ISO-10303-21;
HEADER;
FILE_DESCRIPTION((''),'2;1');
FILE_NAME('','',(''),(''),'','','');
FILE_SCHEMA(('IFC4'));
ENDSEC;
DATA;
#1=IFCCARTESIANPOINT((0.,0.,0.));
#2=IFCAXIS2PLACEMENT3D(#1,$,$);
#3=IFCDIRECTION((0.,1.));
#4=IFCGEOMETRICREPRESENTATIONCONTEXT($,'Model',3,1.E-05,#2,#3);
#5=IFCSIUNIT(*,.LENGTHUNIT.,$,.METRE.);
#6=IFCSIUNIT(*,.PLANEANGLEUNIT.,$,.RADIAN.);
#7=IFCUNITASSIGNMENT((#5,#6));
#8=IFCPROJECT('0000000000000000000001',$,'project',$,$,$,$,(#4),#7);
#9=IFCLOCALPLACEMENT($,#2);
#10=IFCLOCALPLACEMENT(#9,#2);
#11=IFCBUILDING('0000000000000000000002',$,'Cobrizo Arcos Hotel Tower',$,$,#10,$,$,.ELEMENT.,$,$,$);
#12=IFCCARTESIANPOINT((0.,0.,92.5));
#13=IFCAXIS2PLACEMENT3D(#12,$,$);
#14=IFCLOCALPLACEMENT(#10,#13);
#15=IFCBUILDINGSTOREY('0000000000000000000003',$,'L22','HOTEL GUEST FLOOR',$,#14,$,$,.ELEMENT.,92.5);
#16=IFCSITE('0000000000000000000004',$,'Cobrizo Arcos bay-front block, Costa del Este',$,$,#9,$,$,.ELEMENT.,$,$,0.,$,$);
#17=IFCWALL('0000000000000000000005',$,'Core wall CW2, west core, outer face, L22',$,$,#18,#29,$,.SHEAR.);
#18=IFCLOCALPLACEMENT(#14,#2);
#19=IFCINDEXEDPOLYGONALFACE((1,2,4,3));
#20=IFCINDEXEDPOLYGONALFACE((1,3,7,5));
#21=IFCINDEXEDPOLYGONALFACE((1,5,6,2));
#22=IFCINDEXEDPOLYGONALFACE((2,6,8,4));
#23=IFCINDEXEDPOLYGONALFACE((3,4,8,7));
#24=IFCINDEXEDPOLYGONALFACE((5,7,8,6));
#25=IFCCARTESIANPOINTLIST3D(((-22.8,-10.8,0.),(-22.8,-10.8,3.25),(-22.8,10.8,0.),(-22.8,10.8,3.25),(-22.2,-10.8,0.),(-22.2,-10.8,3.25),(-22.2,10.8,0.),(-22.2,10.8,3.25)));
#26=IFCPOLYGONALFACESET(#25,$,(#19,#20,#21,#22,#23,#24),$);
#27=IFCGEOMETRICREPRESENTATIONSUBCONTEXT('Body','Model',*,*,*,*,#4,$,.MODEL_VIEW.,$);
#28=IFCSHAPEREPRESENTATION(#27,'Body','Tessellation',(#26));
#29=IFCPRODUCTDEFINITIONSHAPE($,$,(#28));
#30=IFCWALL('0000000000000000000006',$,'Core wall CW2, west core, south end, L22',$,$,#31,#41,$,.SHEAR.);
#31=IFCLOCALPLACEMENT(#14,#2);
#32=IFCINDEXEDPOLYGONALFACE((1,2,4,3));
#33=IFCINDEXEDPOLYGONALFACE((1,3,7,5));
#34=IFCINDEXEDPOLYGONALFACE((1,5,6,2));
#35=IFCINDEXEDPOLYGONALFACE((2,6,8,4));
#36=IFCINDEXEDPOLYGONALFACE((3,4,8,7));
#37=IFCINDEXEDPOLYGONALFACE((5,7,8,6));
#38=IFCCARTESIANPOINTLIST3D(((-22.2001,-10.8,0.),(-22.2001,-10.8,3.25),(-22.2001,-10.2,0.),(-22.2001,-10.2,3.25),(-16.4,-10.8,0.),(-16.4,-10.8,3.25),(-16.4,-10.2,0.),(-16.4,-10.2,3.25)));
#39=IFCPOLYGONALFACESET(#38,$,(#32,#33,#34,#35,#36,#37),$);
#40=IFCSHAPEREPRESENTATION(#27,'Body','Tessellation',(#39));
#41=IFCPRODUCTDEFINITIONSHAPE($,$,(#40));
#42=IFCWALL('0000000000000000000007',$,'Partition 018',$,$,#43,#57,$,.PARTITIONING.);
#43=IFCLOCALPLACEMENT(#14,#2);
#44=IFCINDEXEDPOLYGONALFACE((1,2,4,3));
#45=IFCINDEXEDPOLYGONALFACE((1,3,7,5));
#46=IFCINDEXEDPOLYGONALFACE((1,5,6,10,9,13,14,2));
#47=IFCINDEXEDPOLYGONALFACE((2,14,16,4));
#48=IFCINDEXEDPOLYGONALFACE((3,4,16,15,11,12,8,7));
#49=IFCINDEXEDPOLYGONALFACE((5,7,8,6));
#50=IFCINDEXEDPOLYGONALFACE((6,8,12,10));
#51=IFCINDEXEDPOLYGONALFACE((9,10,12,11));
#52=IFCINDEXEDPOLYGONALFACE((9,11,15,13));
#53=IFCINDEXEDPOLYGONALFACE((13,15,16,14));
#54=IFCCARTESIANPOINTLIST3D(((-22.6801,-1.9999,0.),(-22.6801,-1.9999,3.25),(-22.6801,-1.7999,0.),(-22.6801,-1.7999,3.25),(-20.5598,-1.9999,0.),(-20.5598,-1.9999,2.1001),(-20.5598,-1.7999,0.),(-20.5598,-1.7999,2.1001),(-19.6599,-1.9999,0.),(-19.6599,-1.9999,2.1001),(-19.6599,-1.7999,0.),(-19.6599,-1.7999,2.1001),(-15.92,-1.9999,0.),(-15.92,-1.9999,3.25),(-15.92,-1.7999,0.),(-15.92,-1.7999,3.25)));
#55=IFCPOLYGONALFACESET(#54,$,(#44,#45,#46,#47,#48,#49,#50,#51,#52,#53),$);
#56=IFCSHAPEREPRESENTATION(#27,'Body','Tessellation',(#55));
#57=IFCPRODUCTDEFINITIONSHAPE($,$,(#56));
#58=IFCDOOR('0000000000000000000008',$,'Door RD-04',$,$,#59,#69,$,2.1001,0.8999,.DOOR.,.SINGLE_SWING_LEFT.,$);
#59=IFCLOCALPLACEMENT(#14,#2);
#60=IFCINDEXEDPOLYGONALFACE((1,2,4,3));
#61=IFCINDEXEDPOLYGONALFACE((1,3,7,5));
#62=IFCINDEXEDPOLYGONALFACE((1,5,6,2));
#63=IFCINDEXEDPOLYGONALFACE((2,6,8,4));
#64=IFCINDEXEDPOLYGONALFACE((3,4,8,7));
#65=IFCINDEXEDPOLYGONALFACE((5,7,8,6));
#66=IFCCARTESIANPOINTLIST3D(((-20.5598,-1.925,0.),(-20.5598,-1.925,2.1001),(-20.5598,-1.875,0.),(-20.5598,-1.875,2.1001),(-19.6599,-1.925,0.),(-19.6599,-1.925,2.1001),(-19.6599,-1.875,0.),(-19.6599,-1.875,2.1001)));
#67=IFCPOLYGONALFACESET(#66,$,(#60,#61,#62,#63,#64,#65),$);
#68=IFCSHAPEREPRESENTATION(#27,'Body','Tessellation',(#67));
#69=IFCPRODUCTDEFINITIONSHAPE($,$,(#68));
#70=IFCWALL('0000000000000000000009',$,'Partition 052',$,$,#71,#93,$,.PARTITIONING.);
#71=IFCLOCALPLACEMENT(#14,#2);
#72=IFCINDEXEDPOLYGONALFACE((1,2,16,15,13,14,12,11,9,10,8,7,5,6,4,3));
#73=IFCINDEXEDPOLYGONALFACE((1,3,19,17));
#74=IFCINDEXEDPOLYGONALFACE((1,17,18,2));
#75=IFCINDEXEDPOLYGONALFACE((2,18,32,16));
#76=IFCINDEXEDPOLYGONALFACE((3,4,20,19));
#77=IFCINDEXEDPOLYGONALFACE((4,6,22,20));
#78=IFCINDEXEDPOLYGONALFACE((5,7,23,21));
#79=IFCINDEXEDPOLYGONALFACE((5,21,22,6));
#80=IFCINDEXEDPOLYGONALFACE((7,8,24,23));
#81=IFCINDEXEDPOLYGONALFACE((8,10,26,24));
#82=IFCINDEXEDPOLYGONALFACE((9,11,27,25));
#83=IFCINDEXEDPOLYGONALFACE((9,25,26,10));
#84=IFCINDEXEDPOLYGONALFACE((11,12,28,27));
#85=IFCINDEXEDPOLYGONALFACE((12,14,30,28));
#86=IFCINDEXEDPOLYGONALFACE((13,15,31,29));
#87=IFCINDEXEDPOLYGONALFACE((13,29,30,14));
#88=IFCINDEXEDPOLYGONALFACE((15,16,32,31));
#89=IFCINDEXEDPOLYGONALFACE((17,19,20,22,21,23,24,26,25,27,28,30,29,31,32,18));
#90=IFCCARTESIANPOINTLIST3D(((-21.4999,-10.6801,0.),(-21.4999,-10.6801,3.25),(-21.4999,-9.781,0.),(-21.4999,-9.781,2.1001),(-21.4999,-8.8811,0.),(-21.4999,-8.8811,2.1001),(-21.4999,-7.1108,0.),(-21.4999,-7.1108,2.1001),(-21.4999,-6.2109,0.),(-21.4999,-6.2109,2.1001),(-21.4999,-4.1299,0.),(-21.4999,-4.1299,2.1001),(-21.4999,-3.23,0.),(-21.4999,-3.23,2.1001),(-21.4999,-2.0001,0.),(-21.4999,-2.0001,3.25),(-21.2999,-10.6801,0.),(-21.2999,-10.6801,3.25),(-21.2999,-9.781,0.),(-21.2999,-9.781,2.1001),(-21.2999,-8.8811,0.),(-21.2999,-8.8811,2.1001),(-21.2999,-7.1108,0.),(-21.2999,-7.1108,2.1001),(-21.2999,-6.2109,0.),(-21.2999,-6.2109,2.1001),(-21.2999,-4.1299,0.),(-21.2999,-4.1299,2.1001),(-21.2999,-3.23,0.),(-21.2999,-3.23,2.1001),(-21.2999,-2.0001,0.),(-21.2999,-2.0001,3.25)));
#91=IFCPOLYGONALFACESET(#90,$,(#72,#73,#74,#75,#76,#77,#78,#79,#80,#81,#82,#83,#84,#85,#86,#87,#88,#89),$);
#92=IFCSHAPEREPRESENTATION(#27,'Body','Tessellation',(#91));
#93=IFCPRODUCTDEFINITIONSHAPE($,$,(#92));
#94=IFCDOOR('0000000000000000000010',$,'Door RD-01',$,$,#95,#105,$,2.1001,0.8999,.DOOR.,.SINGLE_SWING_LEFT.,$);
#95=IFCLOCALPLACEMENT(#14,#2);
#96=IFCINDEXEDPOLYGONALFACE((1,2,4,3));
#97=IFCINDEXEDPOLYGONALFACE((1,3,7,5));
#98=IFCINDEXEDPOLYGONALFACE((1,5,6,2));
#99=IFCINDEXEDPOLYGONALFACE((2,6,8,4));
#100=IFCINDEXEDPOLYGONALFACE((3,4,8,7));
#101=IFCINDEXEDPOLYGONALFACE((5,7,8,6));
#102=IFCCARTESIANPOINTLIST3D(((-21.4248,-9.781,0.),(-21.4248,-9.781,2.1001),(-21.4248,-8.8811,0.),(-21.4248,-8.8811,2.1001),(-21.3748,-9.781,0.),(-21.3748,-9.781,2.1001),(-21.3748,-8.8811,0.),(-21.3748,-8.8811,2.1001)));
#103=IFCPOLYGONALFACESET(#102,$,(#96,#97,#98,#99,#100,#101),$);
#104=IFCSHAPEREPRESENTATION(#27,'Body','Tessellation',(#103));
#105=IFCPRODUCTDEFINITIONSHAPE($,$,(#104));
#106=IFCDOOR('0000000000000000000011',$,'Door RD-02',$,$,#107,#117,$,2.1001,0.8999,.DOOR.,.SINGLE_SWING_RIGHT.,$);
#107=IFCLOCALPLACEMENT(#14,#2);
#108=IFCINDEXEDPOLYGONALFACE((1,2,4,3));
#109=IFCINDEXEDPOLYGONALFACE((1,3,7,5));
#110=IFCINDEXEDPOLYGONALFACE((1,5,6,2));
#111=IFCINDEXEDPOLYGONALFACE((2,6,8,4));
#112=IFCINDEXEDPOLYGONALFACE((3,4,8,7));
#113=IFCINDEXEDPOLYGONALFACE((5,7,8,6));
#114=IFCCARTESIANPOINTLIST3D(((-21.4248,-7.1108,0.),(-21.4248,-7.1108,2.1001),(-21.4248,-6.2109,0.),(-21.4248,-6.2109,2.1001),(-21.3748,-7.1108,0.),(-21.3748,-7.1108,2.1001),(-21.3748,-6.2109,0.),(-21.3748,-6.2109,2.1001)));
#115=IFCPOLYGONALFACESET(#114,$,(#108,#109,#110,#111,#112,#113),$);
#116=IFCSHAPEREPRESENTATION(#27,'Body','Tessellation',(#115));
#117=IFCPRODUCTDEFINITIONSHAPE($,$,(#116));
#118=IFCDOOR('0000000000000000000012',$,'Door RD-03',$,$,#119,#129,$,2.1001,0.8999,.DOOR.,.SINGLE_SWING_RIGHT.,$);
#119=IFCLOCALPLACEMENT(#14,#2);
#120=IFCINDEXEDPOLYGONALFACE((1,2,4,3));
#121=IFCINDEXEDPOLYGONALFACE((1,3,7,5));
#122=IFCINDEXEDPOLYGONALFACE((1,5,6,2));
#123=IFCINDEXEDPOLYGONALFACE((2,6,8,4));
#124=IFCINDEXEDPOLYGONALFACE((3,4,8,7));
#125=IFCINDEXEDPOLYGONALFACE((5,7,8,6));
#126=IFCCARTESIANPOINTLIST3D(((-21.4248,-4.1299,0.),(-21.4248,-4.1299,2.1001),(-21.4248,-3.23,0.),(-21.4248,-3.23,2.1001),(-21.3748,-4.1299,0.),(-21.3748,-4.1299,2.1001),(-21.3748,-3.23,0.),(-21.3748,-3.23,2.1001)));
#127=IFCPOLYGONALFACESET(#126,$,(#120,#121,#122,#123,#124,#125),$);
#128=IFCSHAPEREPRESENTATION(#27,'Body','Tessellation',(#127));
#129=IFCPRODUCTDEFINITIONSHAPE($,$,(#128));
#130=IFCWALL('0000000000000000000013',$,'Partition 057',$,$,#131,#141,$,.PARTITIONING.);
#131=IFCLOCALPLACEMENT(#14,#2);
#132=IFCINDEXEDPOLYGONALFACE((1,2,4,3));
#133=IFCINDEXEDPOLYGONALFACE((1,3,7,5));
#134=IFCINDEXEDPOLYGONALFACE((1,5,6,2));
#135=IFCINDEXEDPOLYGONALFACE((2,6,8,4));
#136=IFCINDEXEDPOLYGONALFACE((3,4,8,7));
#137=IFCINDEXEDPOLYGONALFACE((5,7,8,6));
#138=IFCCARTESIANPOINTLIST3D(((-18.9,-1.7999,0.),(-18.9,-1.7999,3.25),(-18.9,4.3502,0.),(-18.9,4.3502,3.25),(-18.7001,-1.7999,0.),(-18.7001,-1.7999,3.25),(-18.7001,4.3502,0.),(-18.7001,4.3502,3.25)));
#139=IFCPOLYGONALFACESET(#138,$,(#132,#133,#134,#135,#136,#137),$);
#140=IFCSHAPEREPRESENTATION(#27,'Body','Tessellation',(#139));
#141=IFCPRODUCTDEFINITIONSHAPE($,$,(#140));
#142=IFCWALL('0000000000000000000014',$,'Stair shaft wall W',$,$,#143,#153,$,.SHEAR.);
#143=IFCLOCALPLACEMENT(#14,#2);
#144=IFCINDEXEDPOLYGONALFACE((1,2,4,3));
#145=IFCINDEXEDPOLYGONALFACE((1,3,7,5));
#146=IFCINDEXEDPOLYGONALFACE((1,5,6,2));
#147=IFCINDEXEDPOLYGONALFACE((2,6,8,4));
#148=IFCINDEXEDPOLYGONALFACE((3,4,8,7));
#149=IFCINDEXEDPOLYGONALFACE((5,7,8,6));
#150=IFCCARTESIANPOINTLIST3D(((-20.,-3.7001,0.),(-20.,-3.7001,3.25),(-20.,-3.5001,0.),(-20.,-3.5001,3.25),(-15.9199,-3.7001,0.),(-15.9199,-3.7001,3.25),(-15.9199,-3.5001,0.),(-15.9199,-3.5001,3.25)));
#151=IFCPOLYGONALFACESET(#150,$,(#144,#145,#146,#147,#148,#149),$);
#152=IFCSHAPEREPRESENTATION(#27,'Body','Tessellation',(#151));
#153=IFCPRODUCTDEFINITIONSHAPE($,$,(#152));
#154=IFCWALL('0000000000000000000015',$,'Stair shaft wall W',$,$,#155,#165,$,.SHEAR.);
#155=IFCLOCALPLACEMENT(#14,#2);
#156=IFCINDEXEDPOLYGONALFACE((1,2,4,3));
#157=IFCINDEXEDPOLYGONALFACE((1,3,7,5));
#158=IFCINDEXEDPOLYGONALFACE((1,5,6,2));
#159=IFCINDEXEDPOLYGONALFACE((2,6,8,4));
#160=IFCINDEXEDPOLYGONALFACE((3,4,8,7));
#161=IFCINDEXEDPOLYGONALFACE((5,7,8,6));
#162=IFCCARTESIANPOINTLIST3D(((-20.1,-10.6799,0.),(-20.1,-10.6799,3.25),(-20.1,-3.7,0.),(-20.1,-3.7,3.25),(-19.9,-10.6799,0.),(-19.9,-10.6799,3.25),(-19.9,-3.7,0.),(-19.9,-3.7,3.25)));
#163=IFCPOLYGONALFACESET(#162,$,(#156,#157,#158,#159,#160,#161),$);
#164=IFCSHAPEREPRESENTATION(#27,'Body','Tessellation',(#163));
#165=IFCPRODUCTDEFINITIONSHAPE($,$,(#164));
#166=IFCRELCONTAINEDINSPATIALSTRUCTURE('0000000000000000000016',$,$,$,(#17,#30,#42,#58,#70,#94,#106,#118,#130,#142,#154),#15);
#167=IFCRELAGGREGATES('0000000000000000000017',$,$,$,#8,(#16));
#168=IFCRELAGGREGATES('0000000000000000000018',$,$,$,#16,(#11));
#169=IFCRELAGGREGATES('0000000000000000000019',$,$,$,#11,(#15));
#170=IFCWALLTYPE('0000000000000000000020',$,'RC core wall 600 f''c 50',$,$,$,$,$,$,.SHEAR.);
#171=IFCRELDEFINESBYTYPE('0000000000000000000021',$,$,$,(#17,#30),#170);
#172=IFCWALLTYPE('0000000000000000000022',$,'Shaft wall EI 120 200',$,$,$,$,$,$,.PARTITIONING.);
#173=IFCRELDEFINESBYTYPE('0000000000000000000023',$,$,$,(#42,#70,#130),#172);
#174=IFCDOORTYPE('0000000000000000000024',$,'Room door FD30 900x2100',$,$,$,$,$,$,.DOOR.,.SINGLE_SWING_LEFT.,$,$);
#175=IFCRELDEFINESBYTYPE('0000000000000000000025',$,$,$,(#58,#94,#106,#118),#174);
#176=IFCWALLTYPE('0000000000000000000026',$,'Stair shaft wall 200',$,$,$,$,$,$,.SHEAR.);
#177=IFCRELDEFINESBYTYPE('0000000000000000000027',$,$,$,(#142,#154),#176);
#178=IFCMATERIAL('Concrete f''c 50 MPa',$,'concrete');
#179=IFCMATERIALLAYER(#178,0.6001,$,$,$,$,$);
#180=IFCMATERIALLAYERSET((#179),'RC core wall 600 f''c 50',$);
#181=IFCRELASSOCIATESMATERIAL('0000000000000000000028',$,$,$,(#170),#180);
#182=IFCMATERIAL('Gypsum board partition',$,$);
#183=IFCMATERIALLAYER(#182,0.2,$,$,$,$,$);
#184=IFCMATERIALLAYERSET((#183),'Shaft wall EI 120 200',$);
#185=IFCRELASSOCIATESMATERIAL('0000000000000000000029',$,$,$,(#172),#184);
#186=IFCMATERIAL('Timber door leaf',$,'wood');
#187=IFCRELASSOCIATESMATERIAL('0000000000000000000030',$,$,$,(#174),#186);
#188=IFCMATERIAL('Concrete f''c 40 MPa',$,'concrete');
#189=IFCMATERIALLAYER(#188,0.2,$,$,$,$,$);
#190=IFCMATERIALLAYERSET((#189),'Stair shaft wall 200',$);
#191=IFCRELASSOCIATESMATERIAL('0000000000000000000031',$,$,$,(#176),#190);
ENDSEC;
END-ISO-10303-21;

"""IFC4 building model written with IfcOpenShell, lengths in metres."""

from ifc_helpers import new_model, si_unit, direction, frame, frame_2d, origin, place, context, subcontext, project, spatial, rectangle, extrude, material, layer, layer_set, type_object, element, fill, save


model = new_model("IFC4")

# Units and contexts
model_context = context("Model", 3, precision=1e-05, world=origin(), true_north=direction((0.0, 1.0)))
body_context = subcontext(model_context, "Body", "Model", "MODEL_VIEW")
ifc_project = project(units=[si_unit("LENGTHUNIT", "METRE"), si_unit("PLANEANGLEUNIT", "RADIAN")], contexts=[model_context])

# Site, building, storey
site_placement = place(None, origin())
site = spatial("IfcSite", under=ifc_project, at=site_placement, Name="Cobrizo Arcos bay-front block, Costa del Este", CompositionType="ELEMENT", RefElevation=0.0)
building_placement = place(site_placement, origin())
building = spatial("IfcBuilding", under=site, at=building_placement, Name="Cobrizo Arcos Hotel Tower", CompositionType="ELEMENT")
storey_placement = place(building_placement, frame((0.0, 0.0, 92.5)))
storey = spatial("IfcBuildingStorey", under=building, at=storey_placement, Name="L22", Description="HOTEL GUEST FLOOR", CompositionType="ELEMENT", Elevation=92.5)

# Walls
ifc_material_1 = material(Name="Gypsum board partition")
ifc_material_2 = material(Name="Concrete f'c 50 MPa", Category="concrete")
ifc_layer_1 = layer(ifc_material_2, 0.6001)
ifc_layer_set_1 = layer_set([ifc_layer_1], Name="RC core wall 600 f'c 50")
wall_type_1 = type_object("IfcWallType", Name="RC core wall 600 f'c 50", PredefinedType="SHEAR", material=ifc_layer_set_1)
wall_1_placement = place(storey_placement, frame((-22.5, -10.8, 0.0), z_axis=(0.0, 0.0, 1.0), x_axis=(0.0, 1.0, 0.0)))
element("IfcWall", 1, at=wall_1_placement, inside=storey, type_object=wall_type_1, Name="Core wall CW2, west core, outer face, L22", PredefinedType="SHEAR", context=body_context, shape_type="SweptSolid", body=[
    extrude(rectangle(XDim=21.6001, YDim=0.6001, at=frame_2d((10.8, 0.0))), origin(), (0.0, 0.0, 1.0), 3.25),
])
wall_2_placement = place(storey_placement, frame((-22.2, -10.5, 0.0), z_axis=(0.0, 0.0, 1.0), x_axis=(1.0, 0.0, 0.0)))
element("IfcWall", 2, at=wall_2_placement, inside=storey, type_object=wall_type_1, Name="Core wall CW2, west core, south end, L22", PredefinedType="SHEAR", context=body_context, shape_type="SweptSolid", body=[
    extrude(rectangle(XDim=5.8, YDim=0.6001, at=frame_2d((2.8999, 0.0))), origin(), (0.0, 0.0, 1.0), 3.25),
])

# Wall, opening, door
ifc_layer_2 = layer(ifc_material_1, 0.2)
ifc_layer_set_2 = layer_set([ifc_layer_2], Name="Shaft wall EI 120 200")
wall_type_2 = type_object("IfcWallType", Name="Shaft wall EI 120 200", PredefinedType="PARTITIONING", material=ifc_layer_set_2)
wall_3_placement = place(storey_placement, frame((-22.6799, -1.8999, 0.0), z_axis=(0.0, 0.0, 1.0), x_axis=(1.0, 0.0, 0.0)))
wall_3 = element("IfcWall", 3, at=wall_3_placement, inside=storey, type_object=wall_type_2, Name="Partition 018", PredefinedType="PARTITIONING", context=body_context, shape_type="SweptSolid", body=[
    extrude(rectangle(XDim=6.76, YDim=0.2, at=frame_2d((3.3799, 0.0))), origin(), (0.0, 0.0, 1.0), 3.25),
])
opening_1_placement = place(wall_3_placement, frame((2.1201, 0.0, 0.0)))
opening_1 = element("IfcOpeningElement", 4, at=opening_1_placement, cuts=wall_3, PredefinedType="OPENING", context=body_context, shape_type="SweptSolid", body=[
    extrude(rectangle(XDim=0.8999, YDim=2.1001, at=frame_2d((0.45, 1.05))), frame((0.0, 0.1121, 0.0), z_axis=(0.0, -1.0, 0.0), x_axis=(1.0, 0.0, 0.0)), (0.0, 0.0, 1.0), 0.2239),
])
ifc_material_3 = material(Name="Timber door leaf", Category="wood")
door_type = type_object("IfcDoorType", Name="Room door FD30 900x2100", OperationType="SINGLE_SWING_LEFT", PredefinedType="DOOR", material=ifc_material_3)
door_1_placement = place(opening_1_placement, origin())
door_1 = element("IfcDoor", 5, at=door_1_placement, inside=storey, type_object=door_type, Name="Door RD-04", OperationType="SINGLE_SWING_LEFT", OverallHeight=2.1001, OverallWidth=0.8999, PredefinedType="DOOR", context=body_context, shape_type="SweptSolid", body=[
    extrude(rectangle(XDim=0.8999, YDim=2.1001, at=frame_2d((0.45, 1.05))), frame((0.0, 0.0249, 0.0), z_axis=(0.0, -1.0, 0.0), x_axis=(1.0, 0.0, 0.0)), (0.0, 0.0, 1.0), 0.05),
])
fill(opening_1, door_1)

# Wall, openings, doors
wall_4_placement = place(storey_placement, frame((-21.3999, -10.6799, 0.0), z_axis=(0.0, 0.0, 1.0), x_axis=(0.0, 1.0, 0.0)))
wall_4 = element("IfcWall", 6, at=wall_4_placement, inside=storey, type_object=wall_type_2, Name="Partition 052", PredefinedType="PARTITIONING", context=body_context, shape_type="SweptSolid", body=[
    extrude(rectangle(XDim=8.6799, YDim=0.2, at=frame_2d((4.3398, 0.0))), origin(), (0.0, 0.0, 1.0), 3.25),
])
opening_2_placement = place(wall_4_placement, frame((0.8989, 0.0, 0.0)))
opening_2 = element("IfcOpeningElement", 7, at=opening_2_placement, cuts=wall_4, PredefinedType="OPENING", context=body_context, shape_type="SweptSolid", body=[
    extrude(rectangle(XDim=0.8999, YDim=2.1001, at=frame_2d((0.45, 1.05))), frame((0.0, 0.1121, 0.0), z_axis=(0.0, -1.0, 0.0), x_axis=(1.0, 0.0, 0.0)), (0.0, 0.0, 1.0), 0.2239),
])
opening_3_placement = place(wall_4_placement, frame((3.5691, 0.0, 0.0)))
opening_3 = element("IfcOpeningElement", 8, at=opening_3_placement, cuts=wall_4, PredefinedType="OPENING", context=body_context, shape_type="SweptSolid", body=[
    extrude(rectangle(XDim=0.8999, YDim=2.1001, at=frame_2d((0.45, 1.05))), frame((0.0, 0.1121, 0.0), z_axis=(0.0, -1.0, 0.0), x_axis=(1.0, 0.0, 0.0)), (0.0, 0.0, 1.0), 0.2239),
])
opening_4_placement = place(wall_4_placement, frame((6.55, 0.0, 0.0)))
opening_4 = element("IfcOpeningElement", 9, at=opening_4_placement, cuts=wall_4, PredefinedType="OPENING", context=body_context, shape_type="SweptSolid", body=[
    extrude(rectangle(XDim=0.8999, YDim=2.1001, at=frame_2d((0.45, 1.05))), frame((0.0, 0.1121, 0.0), z_axis=(0.0, -1.0, 0.0), x_axis=(1.0, 0.0, 0.0)), (0.0, 0.0, 1.0), 0.2239),
])
door_2_placement = place(opening_2_placement, origin())
door_2 = element("IfcDoor", 10, at=door_2_placement, inside=storey, type_object=door_type, Name="Door RD-01", OperationType="SINGLE_SWING_LEFT", OverallHeight=2.1001, OverallWidth=0.8999, PredefinedType="DOOR", context=body_context, shape_type="SweptSolid", body=[
    extrude(rectangle(XDim=0.8999, YDim=2.1001, at=frame_2d((0.45, 1.05))), frame((0.0, 0.0249, 0.0), z_axis=(0.0, -1.0, 0.0), x_axis=(1.0, 0.0, 0.0)), (0.0, 0.0, 1.0), 0.05),
])
fill(opening_2, door_2)
door_3_placement = place(opening_3_placement, origin())
door_3 = element("IfcDoor", 11, at=door_3_placement, inside=storey, type_object=door_type, Name="Door RD-02", OperationType="SINGLE_SWING_RIGHT", OverallHeight=2.1001, OverallWidth=0.8999, PredefinedType="DOOR", context=body_context, shape_type="SweptSolid", body=[
    extrude(rectangle(XDim=0.8999, YDim=2.1001, at=frame_2d((0.45, 1.05))), frame((0.0, 0.0249, 0.0), z_axis=(0.0, -1.0, 0.0), x_axis=(1.0, 0.0, 0.0)), (0.0, 0.0, 1.0), 0.05),
])
fill(opening_3, door_3)
door_4_placement = place(opening_4_placement, origin())
door_4 = element("IfcDoor", 12, at=door_4_placement, inside=storey, type_object=door_type, Name="Door RD-03", OperationType="SINGLE_SWING_RIGHT", OverallHeight=2.1001, OverallWidth=0.8999, PredefinedType="DOOR", context=body_context, shape_type="SweptSolid", body=[
    extrude(rectangle(XDim=0.8999, YDim=2.1001, at=frame_2d((0.45, 1.05))), frame((0.0, 0.0249, 0.0), z_axis=(0.0, -1.0, 0.0), x_axis=(1.0, 0.0, 0.0)), (0.0, 0.0, 1.0), 0.05),
])
fill(opening_4, door_4)

# Walls
wall_5_placement = place(storey_placement, frame((-18.8, -1.8, 0.0), z_axis=(0.0, 0.0, 1.0), x_axis=(0.0, 1.0, 0.0)))
element("IfcWall", 13, at=wall_5_placement, inside=storey, type_object=wall_type_2, Name="Partition 057", PredefinedType="PARTITIONING", context=body_context, shape_type="SweptSolid", body=[
    extrude(rectangle(XDim=6.1501, YDim=0.2, at=frame_2d((3.0752, 0.0))), origin(), (0.0, 0.0, 1.0), 3.25),
])
ifc_material_4 = material(Name="Concrete f'c 40 MPa", Category="concrete")
ifc_layer_3 = layer(ifc_material_4, 0.2)
ifc_layer_set_3 = layer_set([ifc_layer_3], Name="Stair shaft wall 200")
wall_type_3 = type_object("IfcWallType", Name="Stair shaft wall 200", PredefinedType="SHEAR", material=ifc_layer_set_3)
wall_6_placement = place(storey_placement, frame((-20.0, -3.6001, 0.0), z_axis=(0.0, 0.0, 1.0), x_axis=(1.0, 0.0, 0.0)))
element("IfcWall", 14, at=wall_6_placement, inside=storey, type_object=wall_type_3, Name="Stair shaft wall W", PredefinedType="SHEAR", context=body_context, shape_type="SweptSolid", body=[
    extrude(rectangle(XDim=4.0801, YDim=0.2, at=frame_2d((2.04, 0.0))), origin(), (0.0, 0.0, 1.0), 3.25),
])
wall_7_placement = place(storey_placement, frame((-20.0, -10.6799, 0.0), z_axis=(0.0, 0.0, 1.0), x_axis=(0.0, 1.0, 0.0)))
element("IfcWall", 15, at=wall_7_placement, inside=storey, type_object=wall_type_3, Name="Stair shaft wall W", PredefinedType="SHEAR", context=body_context, shape_type="SweptSolid", body=[
    extrude(rectangle(XDim=6.98, YDim=0.2, at=frame_2d((3.49, 0.0))), origin(), (0.0, 0.0, 1.0), 3.25),
])

save(model, "model.ifc")
